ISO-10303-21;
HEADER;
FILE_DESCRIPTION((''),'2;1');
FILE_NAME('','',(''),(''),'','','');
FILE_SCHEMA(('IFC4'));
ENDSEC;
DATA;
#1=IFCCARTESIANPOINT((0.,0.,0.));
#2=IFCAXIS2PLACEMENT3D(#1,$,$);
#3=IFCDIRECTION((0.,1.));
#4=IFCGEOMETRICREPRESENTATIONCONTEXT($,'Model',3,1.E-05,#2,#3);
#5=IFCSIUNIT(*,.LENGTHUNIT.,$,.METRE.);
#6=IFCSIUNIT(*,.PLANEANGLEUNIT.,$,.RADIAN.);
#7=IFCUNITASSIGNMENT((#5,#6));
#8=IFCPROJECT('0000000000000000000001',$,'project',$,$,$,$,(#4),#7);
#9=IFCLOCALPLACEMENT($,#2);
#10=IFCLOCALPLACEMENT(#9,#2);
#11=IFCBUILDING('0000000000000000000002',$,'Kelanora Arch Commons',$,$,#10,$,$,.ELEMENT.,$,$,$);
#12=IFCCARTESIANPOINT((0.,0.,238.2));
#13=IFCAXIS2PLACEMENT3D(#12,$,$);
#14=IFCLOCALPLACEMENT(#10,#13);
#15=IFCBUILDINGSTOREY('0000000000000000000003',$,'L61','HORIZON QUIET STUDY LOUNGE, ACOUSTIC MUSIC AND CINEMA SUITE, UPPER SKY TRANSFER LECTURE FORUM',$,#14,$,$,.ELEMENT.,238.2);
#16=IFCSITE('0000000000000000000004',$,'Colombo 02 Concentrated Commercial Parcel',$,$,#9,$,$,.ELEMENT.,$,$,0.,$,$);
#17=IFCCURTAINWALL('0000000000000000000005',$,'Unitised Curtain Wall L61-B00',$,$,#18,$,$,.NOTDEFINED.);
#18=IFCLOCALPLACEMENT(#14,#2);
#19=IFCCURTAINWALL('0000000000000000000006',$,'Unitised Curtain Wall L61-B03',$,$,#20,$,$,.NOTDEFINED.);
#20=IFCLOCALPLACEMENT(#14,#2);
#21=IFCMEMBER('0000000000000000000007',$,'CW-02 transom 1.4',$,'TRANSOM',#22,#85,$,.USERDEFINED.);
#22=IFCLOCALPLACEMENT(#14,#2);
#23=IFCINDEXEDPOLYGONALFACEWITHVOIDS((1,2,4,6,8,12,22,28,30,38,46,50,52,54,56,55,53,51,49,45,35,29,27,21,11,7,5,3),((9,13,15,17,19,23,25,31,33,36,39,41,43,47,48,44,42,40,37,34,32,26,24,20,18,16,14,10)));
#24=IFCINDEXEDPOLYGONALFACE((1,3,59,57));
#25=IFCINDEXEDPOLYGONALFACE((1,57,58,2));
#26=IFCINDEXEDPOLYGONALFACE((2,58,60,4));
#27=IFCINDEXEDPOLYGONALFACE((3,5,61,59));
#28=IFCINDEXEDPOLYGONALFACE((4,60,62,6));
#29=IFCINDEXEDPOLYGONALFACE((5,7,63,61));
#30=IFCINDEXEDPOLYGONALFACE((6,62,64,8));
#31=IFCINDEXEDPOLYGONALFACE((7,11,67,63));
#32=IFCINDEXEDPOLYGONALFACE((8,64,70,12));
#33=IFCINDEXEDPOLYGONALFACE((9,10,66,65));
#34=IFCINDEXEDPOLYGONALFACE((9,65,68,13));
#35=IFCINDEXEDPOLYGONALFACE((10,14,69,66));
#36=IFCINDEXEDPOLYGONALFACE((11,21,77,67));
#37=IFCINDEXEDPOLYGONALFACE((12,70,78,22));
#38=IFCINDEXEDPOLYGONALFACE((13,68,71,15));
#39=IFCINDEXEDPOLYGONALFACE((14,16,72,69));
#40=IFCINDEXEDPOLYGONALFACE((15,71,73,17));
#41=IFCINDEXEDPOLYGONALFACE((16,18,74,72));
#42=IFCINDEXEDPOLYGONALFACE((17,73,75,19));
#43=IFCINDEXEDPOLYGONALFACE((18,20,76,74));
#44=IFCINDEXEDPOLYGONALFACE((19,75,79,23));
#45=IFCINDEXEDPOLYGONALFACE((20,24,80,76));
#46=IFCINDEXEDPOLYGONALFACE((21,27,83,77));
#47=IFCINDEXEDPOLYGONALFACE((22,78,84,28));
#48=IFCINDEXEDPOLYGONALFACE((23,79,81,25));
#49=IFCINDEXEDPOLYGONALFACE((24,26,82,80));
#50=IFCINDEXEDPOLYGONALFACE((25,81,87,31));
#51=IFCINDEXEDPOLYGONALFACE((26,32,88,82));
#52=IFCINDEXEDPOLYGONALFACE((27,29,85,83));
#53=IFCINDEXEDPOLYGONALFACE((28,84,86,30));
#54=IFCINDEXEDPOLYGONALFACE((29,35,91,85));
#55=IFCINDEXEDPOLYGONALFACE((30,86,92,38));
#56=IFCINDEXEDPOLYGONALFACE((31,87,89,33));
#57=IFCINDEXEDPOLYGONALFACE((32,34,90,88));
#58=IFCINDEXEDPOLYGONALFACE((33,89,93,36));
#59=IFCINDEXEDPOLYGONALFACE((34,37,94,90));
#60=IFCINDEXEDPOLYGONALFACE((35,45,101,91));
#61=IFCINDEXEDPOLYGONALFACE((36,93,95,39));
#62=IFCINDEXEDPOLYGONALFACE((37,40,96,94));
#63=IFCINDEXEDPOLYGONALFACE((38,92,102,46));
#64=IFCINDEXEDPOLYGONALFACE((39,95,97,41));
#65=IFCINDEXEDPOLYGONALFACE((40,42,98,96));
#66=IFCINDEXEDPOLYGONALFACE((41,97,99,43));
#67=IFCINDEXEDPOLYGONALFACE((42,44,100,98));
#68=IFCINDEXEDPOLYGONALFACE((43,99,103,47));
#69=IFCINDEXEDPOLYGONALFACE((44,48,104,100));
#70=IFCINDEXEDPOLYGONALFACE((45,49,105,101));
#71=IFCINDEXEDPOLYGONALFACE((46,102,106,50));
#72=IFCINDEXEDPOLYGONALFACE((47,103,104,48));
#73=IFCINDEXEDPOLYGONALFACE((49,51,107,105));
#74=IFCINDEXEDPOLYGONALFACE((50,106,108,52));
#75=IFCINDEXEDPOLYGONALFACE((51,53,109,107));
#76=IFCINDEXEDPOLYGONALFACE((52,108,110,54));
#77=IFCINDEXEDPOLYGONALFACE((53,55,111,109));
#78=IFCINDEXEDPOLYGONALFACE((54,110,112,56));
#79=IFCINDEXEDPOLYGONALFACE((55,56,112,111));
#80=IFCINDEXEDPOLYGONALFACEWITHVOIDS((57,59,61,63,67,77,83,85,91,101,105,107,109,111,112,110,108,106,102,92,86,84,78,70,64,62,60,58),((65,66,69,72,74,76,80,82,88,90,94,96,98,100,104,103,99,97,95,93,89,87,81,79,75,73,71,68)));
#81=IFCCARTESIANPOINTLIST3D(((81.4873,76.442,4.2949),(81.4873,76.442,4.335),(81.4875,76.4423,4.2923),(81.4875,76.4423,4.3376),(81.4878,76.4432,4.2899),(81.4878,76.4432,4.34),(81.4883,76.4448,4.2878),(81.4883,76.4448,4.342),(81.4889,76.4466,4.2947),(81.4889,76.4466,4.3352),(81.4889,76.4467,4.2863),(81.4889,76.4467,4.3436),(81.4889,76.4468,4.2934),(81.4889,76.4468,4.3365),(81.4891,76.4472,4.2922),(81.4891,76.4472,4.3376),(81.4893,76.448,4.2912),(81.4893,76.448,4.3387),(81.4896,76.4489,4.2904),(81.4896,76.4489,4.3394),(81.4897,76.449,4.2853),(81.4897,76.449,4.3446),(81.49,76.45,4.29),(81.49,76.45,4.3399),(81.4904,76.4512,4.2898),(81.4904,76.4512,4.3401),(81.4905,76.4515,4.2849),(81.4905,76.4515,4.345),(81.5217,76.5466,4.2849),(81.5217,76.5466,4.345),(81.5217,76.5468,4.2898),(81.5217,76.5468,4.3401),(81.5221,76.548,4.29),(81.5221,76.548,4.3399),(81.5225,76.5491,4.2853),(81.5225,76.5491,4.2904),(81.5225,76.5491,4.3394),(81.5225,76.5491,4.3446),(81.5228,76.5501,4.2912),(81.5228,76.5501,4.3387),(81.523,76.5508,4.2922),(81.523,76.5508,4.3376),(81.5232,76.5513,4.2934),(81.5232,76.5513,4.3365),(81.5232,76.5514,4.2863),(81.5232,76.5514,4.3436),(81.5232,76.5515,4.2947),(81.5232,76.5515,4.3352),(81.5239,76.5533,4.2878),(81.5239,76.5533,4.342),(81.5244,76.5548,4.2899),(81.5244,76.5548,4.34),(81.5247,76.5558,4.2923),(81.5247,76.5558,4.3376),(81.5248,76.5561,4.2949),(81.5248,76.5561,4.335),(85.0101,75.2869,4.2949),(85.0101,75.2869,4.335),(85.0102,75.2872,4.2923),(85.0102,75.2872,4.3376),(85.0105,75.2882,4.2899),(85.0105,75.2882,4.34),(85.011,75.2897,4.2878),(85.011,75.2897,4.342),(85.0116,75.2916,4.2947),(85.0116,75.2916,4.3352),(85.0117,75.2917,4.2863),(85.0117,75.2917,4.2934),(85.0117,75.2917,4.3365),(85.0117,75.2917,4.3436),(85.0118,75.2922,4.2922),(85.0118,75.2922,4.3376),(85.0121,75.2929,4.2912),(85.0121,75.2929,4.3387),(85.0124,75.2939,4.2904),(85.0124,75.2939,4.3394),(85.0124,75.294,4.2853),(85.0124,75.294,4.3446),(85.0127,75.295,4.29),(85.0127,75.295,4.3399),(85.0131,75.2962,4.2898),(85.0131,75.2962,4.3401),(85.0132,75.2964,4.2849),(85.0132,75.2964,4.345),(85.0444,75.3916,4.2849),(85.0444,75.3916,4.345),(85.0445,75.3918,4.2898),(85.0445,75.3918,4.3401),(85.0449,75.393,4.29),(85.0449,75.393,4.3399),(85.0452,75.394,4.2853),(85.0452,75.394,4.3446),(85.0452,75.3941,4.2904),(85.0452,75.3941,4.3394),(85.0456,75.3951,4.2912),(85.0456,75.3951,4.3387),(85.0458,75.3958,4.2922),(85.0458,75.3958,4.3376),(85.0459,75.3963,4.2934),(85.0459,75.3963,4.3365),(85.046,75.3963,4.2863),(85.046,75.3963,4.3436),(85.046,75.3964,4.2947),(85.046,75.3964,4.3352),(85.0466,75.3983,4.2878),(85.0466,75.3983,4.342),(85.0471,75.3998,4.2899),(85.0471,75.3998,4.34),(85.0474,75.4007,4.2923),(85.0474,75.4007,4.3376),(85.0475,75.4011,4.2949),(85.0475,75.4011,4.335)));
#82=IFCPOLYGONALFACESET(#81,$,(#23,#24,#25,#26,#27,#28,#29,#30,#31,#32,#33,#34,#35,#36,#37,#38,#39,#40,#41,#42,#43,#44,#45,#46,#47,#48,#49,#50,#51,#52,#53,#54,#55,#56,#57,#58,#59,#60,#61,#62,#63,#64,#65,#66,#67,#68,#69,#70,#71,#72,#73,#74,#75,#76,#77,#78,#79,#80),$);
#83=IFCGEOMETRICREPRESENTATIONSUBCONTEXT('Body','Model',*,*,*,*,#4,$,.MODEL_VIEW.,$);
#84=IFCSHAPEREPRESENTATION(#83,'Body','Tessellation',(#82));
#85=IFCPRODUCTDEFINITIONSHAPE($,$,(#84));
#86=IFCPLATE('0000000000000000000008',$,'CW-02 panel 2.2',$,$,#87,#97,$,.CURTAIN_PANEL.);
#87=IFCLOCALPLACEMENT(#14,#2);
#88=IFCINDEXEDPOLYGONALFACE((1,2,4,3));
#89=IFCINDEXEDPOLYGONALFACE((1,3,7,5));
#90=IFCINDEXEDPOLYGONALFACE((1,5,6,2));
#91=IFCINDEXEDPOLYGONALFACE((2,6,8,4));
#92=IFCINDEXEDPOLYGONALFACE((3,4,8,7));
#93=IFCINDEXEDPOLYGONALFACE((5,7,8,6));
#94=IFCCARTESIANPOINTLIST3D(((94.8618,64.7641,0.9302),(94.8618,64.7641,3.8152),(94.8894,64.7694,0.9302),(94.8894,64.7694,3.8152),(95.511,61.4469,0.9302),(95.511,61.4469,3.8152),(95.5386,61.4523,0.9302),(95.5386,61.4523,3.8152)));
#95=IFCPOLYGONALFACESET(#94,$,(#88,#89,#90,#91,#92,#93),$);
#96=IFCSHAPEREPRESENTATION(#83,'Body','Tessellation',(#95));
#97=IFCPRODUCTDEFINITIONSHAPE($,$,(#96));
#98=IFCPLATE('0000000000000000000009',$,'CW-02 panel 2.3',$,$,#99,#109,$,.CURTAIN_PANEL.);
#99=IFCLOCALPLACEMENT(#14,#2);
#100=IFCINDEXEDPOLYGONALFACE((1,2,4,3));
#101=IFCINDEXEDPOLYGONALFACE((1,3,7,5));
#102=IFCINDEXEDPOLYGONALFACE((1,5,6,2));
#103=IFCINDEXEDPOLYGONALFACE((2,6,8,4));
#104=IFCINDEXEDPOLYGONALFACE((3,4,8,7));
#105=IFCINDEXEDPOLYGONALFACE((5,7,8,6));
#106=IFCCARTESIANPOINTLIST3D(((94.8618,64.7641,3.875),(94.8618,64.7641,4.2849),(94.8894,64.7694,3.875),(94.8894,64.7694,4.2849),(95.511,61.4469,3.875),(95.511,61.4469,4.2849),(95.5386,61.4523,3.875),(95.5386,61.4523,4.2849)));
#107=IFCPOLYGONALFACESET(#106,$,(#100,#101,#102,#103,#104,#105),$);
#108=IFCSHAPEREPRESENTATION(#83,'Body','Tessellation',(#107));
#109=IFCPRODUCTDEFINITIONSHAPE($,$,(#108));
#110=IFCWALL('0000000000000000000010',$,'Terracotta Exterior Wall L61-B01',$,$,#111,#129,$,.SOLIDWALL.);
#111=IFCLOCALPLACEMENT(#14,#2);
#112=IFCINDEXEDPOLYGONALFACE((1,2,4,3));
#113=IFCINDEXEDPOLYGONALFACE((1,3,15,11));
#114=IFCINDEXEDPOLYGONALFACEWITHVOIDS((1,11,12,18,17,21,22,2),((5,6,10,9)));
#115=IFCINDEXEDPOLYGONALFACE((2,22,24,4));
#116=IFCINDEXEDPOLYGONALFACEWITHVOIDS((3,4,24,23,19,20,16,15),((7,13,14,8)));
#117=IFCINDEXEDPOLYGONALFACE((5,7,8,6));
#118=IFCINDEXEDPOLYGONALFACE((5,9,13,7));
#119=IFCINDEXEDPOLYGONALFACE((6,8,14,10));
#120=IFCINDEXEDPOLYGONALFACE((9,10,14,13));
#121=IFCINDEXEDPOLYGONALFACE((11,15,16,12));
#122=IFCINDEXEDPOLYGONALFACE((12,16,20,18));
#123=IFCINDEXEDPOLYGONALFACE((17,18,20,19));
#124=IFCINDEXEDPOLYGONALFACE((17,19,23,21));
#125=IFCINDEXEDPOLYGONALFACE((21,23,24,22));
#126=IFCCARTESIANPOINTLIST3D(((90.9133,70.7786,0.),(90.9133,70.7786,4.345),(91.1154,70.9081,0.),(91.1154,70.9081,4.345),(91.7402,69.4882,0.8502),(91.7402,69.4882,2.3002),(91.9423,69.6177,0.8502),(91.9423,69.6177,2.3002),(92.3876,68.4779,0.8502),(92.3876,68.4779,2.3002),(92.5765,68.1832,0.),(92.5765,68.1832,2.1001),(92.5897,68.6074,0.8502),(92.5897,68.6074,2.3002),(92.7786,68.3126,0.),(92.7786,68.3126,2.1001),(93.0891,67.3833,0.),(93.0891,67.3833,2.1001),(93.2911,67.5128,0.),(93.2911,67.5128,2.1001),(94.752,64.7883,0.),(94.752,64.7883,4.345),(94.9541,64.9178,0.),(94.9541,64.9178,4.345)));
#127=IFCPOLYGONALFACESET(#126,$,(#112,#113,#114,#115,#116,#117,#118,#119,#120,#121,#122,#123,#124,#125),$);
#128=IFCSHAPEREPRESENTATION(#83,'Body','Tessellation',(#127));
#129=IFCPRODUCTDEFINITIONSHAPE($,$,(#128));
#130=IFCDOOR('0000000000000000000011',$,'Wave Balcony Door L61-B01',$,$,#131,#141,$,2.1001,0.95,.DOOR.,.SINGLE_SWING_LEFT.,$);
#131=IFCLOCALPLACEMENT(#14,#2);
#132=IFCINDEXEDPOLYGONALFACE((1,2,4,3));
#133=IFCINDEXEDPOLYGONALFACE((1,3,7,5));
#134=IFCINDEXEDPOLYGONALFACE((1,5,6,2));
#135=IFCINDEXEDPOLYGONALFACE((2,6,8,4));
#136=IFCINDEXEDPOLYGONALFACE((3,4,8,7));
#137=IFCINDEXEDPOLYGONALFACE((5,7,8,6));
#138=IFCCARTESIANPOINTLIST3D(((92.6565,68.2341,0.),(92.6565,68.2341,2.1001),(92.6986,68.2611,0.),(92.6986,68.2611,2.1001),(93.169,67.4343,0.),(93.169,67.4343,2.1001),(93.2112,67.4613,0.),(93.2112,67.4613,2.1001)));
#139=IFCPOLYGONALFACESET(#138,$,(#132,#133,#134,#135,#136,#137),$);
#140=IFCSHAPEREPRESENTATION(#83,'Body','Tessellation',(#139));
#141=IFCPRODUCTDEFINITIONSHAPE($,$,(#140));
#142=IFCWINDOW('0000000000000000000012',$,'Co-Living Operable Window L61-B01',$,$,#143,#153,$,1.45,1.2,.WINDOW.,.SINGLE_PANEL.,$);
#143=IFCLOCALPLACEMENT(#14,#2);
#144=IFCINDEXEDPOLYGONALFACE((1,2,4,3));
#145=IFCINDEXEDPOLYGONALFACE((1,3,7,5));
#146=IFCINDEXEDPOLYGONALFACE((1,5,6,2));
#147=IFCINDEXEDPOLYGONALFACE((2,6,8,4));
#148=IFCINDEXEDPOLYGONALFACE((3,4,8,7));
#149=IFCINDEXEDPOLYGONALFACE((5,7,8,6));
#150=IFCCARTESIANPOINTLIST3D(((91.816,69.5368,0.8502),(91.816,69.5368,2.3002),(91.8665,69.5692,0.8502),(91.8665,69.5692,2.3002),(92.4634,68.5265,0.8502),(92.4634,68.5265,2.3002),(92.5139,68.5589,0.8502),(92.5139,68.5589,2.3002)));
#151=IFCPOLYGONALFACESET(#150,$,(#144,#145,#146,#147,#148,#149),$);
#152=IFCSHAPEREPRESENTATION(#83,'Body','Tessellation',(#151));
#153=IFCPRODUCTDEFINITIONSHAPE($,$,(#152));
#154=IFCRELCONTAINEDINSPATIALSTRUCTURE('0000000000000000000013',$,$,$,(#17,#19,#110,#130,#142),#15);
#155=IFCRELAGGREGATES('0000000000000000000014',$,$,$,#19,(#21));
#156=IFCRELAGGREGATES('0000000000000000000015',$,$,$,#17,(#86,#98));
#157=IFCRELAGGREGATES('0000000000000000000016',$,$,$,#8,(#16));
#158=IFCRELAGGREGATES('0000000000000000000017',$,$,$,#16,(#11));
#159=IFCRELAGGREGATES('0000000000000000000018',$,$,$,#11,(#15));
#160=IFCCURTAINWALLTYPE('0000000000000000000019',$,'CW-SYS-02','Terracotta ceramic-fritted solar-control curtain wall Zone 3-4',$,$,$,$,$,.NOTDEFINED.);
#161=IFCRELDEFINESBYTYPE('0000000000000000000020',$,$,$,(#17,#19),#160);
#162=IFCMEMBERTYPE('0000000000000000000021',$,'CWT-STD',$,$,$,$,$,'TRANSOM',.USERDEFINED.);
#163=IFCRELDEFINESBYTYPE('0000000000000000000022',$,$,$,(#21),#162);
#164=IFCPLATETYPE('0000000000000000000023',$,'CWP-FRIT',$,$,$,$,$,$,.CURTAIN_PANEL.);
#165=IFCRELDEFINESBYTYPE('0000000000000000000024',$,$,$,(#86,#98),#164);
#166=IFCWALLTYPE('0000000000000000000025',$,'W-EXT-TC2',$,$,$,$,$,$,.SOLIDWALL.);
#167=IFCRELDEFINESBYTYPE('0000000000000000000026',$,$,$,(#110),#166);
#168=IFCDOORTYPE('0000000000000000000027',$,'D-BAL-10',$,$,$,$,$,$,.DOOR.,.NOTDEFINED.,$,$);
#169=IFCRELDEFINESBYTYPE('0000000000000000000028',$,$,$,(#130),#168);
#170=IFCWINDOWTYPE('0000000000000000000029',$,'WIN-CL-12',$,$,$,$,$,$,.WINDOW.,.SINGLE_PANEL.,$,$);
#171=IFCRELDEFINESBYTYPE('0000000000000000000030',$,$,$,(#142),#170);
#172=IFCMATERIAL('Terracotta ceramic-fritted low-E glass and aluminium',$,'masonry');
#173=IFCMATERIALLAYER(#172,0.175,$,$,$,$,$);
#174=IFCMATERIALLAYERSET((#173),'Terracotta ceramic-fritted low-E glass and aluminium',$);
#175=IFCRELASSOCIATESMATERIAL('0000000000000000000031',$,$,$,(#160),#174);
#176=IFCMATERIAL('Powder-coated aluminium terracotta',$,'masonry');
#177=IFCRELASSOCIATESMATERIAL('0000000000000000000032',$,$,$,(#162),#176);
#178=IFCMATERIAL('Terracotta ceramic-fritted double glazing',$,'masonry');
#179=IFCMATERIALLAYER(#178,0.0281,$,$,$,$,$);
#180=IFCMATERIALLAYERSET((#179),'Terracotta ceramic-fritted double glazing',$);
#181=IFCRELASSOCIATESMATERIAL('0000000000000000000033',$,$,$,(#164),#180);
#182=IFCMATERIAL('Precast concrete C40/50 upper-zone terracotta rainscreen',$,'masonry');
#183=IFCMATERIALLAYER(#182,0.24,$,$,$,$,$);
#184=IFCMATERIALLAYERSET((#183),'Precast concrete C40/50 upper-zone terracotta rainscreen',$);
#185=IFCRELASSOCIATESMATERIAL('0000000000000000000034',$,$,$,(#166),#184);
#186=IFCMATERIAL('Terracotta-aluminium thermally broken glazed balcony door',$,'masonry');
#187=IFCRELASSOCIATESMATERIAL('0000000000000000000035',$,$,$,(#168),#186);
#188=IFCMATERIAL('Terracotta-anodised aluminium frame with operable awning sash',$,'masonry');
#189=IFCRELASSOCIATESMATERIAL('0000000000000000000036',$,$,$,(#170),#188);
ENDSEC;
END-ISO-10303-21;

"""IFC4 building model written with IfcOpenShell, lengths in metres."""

from ifc_helpers import new_model, si_unit, direction, frame, frame_2d, origin, origin_2d, place, context, subcontext, project, spatial, rectangle, hollow_rectangle, extrude, source, transform, mapped, material, layer, layer_set, material_profile, profile_set, type_object, element, fill, aggregate, save


model = new_model("IFC4")

# Units and contexts
model_context = context("Model", 3, precision=1e-05, world=origin(), true_north=direction((0.0, 1.0)))
body_context = subcontext(model_context, "Body", "Model", "MODEL_VIEW")
ifc_project = project(units=[si_unit("LENGTHUNIT", "METRE"), si_unit("PLANEANGLEUNIT", "RADIAN")], contexts=[model_context])

# Site, building, storey
site_placement = place(None, origin())
site = spatial("IfcSite", under=ifc_project, at=site_placement, Name="Colombo 02 Concentrated Commercial Parcel", CompositionType="ELEMENT", RefElevation=0.0)
building_placement = place(site_placement, origin())
building = spatial("IfcBuilding", under=site, at=building_placement, Name="Kelanora Arch Commons", CompositionType="ELEMENT")
storey_placement = place(building_placement, frame((0.0, 0.0, 238.2)))
storey = spatial("IfcBuildingStorey", under=building, at=storey_placement, Name="L61", Description="HORIZON QUIET STUDY LOUNGE, ACOUSTIC MUSIC AND CINEMA SUITE, UPPER SKY TRANSFER LECTURE FORUM", CompositionType="ELEMENT", Elevation=238.2)

# Curtain wall
ifc_material_1 = material(Name="Terracotta ceramic-fritted low-E glass and aluminium", Category="masonry")
ifc_layer_1 = layer(ifc_material_1, 0.175)
ifc_layer_set_1 = layer_set([ifc_layer_1], Name="Terracotta ceramic-fritted low-E glass and aluminium")
curtain_wall_type = type_object("IfcCurtainWallType", Name="CW-SYS-02", Description="Terracotta ceramic-fritted solar-control curtain wall Zone 3-4", PredefinedType="NOTDEFINED", material=ifc_layer_set_1)
curtain_wall_1_placement = place(storey_placement, origin())
curtain_wall_1 = element("IfcCurtainWall", 1, at=curtain_wall_1_placement, inside=storey, type_object=curtain_wall_type, Name="Unitised Curtain Wall L61-B00", PredefinedType="NOTDEFINED")
ifc_material_2 = material(Name="Powder-coated aluminium terracotta", Category="masonry")

# Curtain wall, member
curtain_wall_2_placement = place(storey_placement, origin())
curtain_wall_2 = element("IfcCurtainWall", 2, at=curtain_wall_2_placement, inside=storey, type_object=curtain_wall_type, Name="Unitised Curtain Wall L61-B03", PredefinedType="NOTDEFINED")
ifc_material_profile_1 = material_profile(ifc_material_2, hollow_rectangle(XDim=0.1201, YDim=0.0601, WallThickness=0.0049, InnerFilletRadius=0.0049, OuterFilletRadius=0.01, at=origin_2d()), Name="CWT120x60")
ifc_profile_set_1 = profile_set([ifc_material_profile_1], Name="Powder-coated aluminium terracotta")
member_type_1 = type_object("IfcMemberType", Name="CWT-STD", ElementType="TRANSOM", PredefinedType="USERDEFINED", material=ifc_profile_set_1)
member_1_placement = place(storey_placement, frame((85.0288, 75.344, 4.3149), z_axis=(-0.950226, 0.311561, 0.0), x_axis=(-0.311561, -0.950226, 0.0)))
member_1 = element("IfcMember", 3, at=member_1_placement, type_object=member_type_1, Name="CW-02 transom 1.4", ObjectType="TRANSOM", PredefinedType="USERDEFINED", context=body_context, shape_type="SweptSolid", body=[
    extrude(hollow_rectangle(XDim=0.1201, YDim=0.0601, WallThickness=0.0049, InnerFilletRadius=0.0049, OuterFilletRadius=0.01, at=origin_2d()), origin(), (0.0, 0.0, 1.0), 3.7073),
])
aggregate(curtain_wall_2, [member_1])

# Plates
ifc_material_3 = material(Name="Terracotta ceramic-fritted double glazing", Category="masonry")
ifc_layer_2 = layer(ifc_material_3, 0.0281)
ifc_layer_set_2 = layer_set([ifc_layer_2], Name="Terracotta ceramic-fritted double glazing")
plate_type = type_object("IfcPlateType", Name="CWP-FRIT", PredefinedType="CURTAIN_PANEL", material=ifc_layer_set_2)
shared_shape_1 = source(origin(), body_context, "Body", "SweptSolid", [
    extrude(rectangle(XDim=3.3801, YDim=0.0281, at=origin_2d()), origin(), (0.0, 0.0, 1.0), 2.885),
])
plate_1_placement = place(storey_placement, frame((95.2002, 63.1082, 0.9302), z_axis=(0.0, 0.0, 1.0), x_axis=(-0.192069, 0.981381, 0.0)))
plate_1 = element("IfcPlate", 4, at=plate_1_placement, type_object=plate_type, Name="CW-02 panel 2.2", PredefinedType="CURTAIN_PANEL", context=body_context, shape_type="MappedRepresentation", body=[
    mapped(shared_shape_1, transform((0.0, 0.0, 0.0), scale=1.0)),
])
shared_shape_2 = source(origin(), body_context, "Body", "SweptSolid", [
    extrude(rectangle(XDim=3.3801, YDim=0.0281, at=origin_2d()), origin(), (0.0, 0.0, 1.0), 0.4099),
])
plate_2_placement = place(storey_placement, frame((95.2002, 63.1082, 3.875), z_axis=(0.0, 0.0, 1.0), x_axis=(-0.192069, 0.981381, 0.0)))
plate_2 = element("IfcPlate", 5, at=plate_2_placement, type_object=plate_type, Name="CW-02 panel 2.3", PredefinedType="CURTAIN_PANEL", context=body_context, shape_type="MappedRepresentation", body=[
    mapped(shared_shape_2, transform((0.0, 0.0, 0.0), scale=1.0)),
])
aggregate(curtain_wall_1, [plate_1, plate_2])

# Wall, openings, door, window
ifc_material_4 = material(Name="Precast concrete C40/50 upper-zone terracotta rainscreen", Category="masonry")
ifc_layer_3 = layer(ifc_material_4, 0.24)
ifc_layer_set_3 = layer_set([ifc_layer_3], Name="Precast concrete C40/50 upper-zone terracotta rainscreen")
wall_type_1 = type_object("IfcWallType", Name="W-EXT-TC2", PredefinedType="SOLIDWALL", material=ifc_layer_set_3)
wall_1_placement = place(storey_placement, frame((94.853, 64.853, 0.0), z_axis=(0.0, 0.0, 1.0), x_axis=(-0.53954, 0.84196, 0.0)))
wall_1 = element("IfcWall", 6, at=wall_1_placement, inside=storey, type_object=wall_type_1, Name="Terracotta Exterior Wall L61-B01", PredefinedType="SOLIDWALL", context=body_context, shape_type="SweptSolid", body=[
    extrude(rectangle(XDim=7.1147, YDim=0.24, at=frame_2d((3.5574, 0.0))), origin(), (0.0, 0.0, 1.0), 4.345),
])
opening_1_placement = place(wall_1_placement, frame((3.082, 0.0, 0.0)))
opening_1 = element("IfcOpeningElement", 7, at=opening_1_placement, cuts=wall_1, PredefinedType="OPENING", context=body_context, shape_type="SweptSolid", body=[
    extrude(rectangle(XDim=0.95, YDim=2.1001, at=frame_2d((0.4751, 1.05))), frame((0.0, 0.1299, 0.0), z_axis=(0.0, -1.0, 0.0), x_axis=(1.0, 0.0, 0.0)), (0.0, 0.0, 1.0), 0.26),
])
opening_2_placement = place(wall_1_placement, frame((4.3821, 0.0, 0.8501)))
opening_2 = element("IfcOpeningElement", 8, at=opening_2_placement, cuts=wall_1, PredefinedType="OPENING", context=body_context, shape_type="SweptSolid", body=[
    extrude(rectangle(XDim=1.2, YDim=1.45, at=frame_2d((0.6001, 0.7251))), frame((0.0, 0.1299, 0.0), z_axis=(0.0, -1.0, 0.0), x_axis=(1.0, 0.0, 0.0)), (0.0, 0.0, 1.0), 0.26),
])
ifc_material_5 = material(Name="Terracotta-aluminium thermally broken glazed balcony door", Category="masonry")
door_type = type_object("IfcDoorType", Name="D-BAL-10", OperationType="NOTDEFINED", PredefinedType="DOOR", material=ifc_material_5)
door_1_placement = place(opening_1_placement, frame((0.95, 0.0, 0.0), z_axis=(0.0, 0.0, 1.0), x_axis=(-1.0, 0.0, 0.0)))
door_1 = element("IfcDoor", 9, at=door_1_placement, inside=storey, type_object=door_type, Name="Wave Balcony Door L61-B01", OperationType="SINGLE_SWING_LEFT", OverallHeight=2.1001, OverallWidth=0.95, PredefinedType="DOOR", context=body_context, shape_type="SweptSolid", body=[
    extrude(rectangle(XDim=0.95, YDim=2.1001, at=frame_2d((0.4751, 1.05))), frame((0.0, 0.0249, 0.0), z_axis=(0.0, -1.0, 0.0), x_axis=(1.0, 0.0, 0.0)), (0.0, 0.0, 1.0), 0.05),
])
fill(opening_1, door_1)
ifc_material_6 = material(Name="Terracotta-anodised aluminium frame with operable awning sash", Category="masonry")
window_type = type_object("IfcWindowType", Name="WIN-CL-12", PartitioningType="SINGLE_PANEL", PredefinedType="WINDOW", material=ifc_material_6)
window_1_placement = place(opening_2_placement, origin())
window_1 = element("IfcWindow", 10, at=window_1_placement, inside=storey, type_object=window_type, Name="Co-Living Operable Window L61-B01", OverallHeight=1.45, OverallWidth=1.2, PartitioningType="SINGLE_PANEL", PredefinedType="WINDOW", context=body_context, shape_type="SweptSolid", body=[
    extrude(rectangle(XDim=1.2, YDim=1.45, at=frame_2d((0.6001, 0.7251))), frame((0.0, 0.03, 0.0), z_axis=(0.0, -1.0, 0.0), x_axis=(1.0, 0.0, 0.0)), (0.0, 0.0, 1.0), 0.0601),
])
fill(opening_2, window_1)

save(model, "model.ifc")
